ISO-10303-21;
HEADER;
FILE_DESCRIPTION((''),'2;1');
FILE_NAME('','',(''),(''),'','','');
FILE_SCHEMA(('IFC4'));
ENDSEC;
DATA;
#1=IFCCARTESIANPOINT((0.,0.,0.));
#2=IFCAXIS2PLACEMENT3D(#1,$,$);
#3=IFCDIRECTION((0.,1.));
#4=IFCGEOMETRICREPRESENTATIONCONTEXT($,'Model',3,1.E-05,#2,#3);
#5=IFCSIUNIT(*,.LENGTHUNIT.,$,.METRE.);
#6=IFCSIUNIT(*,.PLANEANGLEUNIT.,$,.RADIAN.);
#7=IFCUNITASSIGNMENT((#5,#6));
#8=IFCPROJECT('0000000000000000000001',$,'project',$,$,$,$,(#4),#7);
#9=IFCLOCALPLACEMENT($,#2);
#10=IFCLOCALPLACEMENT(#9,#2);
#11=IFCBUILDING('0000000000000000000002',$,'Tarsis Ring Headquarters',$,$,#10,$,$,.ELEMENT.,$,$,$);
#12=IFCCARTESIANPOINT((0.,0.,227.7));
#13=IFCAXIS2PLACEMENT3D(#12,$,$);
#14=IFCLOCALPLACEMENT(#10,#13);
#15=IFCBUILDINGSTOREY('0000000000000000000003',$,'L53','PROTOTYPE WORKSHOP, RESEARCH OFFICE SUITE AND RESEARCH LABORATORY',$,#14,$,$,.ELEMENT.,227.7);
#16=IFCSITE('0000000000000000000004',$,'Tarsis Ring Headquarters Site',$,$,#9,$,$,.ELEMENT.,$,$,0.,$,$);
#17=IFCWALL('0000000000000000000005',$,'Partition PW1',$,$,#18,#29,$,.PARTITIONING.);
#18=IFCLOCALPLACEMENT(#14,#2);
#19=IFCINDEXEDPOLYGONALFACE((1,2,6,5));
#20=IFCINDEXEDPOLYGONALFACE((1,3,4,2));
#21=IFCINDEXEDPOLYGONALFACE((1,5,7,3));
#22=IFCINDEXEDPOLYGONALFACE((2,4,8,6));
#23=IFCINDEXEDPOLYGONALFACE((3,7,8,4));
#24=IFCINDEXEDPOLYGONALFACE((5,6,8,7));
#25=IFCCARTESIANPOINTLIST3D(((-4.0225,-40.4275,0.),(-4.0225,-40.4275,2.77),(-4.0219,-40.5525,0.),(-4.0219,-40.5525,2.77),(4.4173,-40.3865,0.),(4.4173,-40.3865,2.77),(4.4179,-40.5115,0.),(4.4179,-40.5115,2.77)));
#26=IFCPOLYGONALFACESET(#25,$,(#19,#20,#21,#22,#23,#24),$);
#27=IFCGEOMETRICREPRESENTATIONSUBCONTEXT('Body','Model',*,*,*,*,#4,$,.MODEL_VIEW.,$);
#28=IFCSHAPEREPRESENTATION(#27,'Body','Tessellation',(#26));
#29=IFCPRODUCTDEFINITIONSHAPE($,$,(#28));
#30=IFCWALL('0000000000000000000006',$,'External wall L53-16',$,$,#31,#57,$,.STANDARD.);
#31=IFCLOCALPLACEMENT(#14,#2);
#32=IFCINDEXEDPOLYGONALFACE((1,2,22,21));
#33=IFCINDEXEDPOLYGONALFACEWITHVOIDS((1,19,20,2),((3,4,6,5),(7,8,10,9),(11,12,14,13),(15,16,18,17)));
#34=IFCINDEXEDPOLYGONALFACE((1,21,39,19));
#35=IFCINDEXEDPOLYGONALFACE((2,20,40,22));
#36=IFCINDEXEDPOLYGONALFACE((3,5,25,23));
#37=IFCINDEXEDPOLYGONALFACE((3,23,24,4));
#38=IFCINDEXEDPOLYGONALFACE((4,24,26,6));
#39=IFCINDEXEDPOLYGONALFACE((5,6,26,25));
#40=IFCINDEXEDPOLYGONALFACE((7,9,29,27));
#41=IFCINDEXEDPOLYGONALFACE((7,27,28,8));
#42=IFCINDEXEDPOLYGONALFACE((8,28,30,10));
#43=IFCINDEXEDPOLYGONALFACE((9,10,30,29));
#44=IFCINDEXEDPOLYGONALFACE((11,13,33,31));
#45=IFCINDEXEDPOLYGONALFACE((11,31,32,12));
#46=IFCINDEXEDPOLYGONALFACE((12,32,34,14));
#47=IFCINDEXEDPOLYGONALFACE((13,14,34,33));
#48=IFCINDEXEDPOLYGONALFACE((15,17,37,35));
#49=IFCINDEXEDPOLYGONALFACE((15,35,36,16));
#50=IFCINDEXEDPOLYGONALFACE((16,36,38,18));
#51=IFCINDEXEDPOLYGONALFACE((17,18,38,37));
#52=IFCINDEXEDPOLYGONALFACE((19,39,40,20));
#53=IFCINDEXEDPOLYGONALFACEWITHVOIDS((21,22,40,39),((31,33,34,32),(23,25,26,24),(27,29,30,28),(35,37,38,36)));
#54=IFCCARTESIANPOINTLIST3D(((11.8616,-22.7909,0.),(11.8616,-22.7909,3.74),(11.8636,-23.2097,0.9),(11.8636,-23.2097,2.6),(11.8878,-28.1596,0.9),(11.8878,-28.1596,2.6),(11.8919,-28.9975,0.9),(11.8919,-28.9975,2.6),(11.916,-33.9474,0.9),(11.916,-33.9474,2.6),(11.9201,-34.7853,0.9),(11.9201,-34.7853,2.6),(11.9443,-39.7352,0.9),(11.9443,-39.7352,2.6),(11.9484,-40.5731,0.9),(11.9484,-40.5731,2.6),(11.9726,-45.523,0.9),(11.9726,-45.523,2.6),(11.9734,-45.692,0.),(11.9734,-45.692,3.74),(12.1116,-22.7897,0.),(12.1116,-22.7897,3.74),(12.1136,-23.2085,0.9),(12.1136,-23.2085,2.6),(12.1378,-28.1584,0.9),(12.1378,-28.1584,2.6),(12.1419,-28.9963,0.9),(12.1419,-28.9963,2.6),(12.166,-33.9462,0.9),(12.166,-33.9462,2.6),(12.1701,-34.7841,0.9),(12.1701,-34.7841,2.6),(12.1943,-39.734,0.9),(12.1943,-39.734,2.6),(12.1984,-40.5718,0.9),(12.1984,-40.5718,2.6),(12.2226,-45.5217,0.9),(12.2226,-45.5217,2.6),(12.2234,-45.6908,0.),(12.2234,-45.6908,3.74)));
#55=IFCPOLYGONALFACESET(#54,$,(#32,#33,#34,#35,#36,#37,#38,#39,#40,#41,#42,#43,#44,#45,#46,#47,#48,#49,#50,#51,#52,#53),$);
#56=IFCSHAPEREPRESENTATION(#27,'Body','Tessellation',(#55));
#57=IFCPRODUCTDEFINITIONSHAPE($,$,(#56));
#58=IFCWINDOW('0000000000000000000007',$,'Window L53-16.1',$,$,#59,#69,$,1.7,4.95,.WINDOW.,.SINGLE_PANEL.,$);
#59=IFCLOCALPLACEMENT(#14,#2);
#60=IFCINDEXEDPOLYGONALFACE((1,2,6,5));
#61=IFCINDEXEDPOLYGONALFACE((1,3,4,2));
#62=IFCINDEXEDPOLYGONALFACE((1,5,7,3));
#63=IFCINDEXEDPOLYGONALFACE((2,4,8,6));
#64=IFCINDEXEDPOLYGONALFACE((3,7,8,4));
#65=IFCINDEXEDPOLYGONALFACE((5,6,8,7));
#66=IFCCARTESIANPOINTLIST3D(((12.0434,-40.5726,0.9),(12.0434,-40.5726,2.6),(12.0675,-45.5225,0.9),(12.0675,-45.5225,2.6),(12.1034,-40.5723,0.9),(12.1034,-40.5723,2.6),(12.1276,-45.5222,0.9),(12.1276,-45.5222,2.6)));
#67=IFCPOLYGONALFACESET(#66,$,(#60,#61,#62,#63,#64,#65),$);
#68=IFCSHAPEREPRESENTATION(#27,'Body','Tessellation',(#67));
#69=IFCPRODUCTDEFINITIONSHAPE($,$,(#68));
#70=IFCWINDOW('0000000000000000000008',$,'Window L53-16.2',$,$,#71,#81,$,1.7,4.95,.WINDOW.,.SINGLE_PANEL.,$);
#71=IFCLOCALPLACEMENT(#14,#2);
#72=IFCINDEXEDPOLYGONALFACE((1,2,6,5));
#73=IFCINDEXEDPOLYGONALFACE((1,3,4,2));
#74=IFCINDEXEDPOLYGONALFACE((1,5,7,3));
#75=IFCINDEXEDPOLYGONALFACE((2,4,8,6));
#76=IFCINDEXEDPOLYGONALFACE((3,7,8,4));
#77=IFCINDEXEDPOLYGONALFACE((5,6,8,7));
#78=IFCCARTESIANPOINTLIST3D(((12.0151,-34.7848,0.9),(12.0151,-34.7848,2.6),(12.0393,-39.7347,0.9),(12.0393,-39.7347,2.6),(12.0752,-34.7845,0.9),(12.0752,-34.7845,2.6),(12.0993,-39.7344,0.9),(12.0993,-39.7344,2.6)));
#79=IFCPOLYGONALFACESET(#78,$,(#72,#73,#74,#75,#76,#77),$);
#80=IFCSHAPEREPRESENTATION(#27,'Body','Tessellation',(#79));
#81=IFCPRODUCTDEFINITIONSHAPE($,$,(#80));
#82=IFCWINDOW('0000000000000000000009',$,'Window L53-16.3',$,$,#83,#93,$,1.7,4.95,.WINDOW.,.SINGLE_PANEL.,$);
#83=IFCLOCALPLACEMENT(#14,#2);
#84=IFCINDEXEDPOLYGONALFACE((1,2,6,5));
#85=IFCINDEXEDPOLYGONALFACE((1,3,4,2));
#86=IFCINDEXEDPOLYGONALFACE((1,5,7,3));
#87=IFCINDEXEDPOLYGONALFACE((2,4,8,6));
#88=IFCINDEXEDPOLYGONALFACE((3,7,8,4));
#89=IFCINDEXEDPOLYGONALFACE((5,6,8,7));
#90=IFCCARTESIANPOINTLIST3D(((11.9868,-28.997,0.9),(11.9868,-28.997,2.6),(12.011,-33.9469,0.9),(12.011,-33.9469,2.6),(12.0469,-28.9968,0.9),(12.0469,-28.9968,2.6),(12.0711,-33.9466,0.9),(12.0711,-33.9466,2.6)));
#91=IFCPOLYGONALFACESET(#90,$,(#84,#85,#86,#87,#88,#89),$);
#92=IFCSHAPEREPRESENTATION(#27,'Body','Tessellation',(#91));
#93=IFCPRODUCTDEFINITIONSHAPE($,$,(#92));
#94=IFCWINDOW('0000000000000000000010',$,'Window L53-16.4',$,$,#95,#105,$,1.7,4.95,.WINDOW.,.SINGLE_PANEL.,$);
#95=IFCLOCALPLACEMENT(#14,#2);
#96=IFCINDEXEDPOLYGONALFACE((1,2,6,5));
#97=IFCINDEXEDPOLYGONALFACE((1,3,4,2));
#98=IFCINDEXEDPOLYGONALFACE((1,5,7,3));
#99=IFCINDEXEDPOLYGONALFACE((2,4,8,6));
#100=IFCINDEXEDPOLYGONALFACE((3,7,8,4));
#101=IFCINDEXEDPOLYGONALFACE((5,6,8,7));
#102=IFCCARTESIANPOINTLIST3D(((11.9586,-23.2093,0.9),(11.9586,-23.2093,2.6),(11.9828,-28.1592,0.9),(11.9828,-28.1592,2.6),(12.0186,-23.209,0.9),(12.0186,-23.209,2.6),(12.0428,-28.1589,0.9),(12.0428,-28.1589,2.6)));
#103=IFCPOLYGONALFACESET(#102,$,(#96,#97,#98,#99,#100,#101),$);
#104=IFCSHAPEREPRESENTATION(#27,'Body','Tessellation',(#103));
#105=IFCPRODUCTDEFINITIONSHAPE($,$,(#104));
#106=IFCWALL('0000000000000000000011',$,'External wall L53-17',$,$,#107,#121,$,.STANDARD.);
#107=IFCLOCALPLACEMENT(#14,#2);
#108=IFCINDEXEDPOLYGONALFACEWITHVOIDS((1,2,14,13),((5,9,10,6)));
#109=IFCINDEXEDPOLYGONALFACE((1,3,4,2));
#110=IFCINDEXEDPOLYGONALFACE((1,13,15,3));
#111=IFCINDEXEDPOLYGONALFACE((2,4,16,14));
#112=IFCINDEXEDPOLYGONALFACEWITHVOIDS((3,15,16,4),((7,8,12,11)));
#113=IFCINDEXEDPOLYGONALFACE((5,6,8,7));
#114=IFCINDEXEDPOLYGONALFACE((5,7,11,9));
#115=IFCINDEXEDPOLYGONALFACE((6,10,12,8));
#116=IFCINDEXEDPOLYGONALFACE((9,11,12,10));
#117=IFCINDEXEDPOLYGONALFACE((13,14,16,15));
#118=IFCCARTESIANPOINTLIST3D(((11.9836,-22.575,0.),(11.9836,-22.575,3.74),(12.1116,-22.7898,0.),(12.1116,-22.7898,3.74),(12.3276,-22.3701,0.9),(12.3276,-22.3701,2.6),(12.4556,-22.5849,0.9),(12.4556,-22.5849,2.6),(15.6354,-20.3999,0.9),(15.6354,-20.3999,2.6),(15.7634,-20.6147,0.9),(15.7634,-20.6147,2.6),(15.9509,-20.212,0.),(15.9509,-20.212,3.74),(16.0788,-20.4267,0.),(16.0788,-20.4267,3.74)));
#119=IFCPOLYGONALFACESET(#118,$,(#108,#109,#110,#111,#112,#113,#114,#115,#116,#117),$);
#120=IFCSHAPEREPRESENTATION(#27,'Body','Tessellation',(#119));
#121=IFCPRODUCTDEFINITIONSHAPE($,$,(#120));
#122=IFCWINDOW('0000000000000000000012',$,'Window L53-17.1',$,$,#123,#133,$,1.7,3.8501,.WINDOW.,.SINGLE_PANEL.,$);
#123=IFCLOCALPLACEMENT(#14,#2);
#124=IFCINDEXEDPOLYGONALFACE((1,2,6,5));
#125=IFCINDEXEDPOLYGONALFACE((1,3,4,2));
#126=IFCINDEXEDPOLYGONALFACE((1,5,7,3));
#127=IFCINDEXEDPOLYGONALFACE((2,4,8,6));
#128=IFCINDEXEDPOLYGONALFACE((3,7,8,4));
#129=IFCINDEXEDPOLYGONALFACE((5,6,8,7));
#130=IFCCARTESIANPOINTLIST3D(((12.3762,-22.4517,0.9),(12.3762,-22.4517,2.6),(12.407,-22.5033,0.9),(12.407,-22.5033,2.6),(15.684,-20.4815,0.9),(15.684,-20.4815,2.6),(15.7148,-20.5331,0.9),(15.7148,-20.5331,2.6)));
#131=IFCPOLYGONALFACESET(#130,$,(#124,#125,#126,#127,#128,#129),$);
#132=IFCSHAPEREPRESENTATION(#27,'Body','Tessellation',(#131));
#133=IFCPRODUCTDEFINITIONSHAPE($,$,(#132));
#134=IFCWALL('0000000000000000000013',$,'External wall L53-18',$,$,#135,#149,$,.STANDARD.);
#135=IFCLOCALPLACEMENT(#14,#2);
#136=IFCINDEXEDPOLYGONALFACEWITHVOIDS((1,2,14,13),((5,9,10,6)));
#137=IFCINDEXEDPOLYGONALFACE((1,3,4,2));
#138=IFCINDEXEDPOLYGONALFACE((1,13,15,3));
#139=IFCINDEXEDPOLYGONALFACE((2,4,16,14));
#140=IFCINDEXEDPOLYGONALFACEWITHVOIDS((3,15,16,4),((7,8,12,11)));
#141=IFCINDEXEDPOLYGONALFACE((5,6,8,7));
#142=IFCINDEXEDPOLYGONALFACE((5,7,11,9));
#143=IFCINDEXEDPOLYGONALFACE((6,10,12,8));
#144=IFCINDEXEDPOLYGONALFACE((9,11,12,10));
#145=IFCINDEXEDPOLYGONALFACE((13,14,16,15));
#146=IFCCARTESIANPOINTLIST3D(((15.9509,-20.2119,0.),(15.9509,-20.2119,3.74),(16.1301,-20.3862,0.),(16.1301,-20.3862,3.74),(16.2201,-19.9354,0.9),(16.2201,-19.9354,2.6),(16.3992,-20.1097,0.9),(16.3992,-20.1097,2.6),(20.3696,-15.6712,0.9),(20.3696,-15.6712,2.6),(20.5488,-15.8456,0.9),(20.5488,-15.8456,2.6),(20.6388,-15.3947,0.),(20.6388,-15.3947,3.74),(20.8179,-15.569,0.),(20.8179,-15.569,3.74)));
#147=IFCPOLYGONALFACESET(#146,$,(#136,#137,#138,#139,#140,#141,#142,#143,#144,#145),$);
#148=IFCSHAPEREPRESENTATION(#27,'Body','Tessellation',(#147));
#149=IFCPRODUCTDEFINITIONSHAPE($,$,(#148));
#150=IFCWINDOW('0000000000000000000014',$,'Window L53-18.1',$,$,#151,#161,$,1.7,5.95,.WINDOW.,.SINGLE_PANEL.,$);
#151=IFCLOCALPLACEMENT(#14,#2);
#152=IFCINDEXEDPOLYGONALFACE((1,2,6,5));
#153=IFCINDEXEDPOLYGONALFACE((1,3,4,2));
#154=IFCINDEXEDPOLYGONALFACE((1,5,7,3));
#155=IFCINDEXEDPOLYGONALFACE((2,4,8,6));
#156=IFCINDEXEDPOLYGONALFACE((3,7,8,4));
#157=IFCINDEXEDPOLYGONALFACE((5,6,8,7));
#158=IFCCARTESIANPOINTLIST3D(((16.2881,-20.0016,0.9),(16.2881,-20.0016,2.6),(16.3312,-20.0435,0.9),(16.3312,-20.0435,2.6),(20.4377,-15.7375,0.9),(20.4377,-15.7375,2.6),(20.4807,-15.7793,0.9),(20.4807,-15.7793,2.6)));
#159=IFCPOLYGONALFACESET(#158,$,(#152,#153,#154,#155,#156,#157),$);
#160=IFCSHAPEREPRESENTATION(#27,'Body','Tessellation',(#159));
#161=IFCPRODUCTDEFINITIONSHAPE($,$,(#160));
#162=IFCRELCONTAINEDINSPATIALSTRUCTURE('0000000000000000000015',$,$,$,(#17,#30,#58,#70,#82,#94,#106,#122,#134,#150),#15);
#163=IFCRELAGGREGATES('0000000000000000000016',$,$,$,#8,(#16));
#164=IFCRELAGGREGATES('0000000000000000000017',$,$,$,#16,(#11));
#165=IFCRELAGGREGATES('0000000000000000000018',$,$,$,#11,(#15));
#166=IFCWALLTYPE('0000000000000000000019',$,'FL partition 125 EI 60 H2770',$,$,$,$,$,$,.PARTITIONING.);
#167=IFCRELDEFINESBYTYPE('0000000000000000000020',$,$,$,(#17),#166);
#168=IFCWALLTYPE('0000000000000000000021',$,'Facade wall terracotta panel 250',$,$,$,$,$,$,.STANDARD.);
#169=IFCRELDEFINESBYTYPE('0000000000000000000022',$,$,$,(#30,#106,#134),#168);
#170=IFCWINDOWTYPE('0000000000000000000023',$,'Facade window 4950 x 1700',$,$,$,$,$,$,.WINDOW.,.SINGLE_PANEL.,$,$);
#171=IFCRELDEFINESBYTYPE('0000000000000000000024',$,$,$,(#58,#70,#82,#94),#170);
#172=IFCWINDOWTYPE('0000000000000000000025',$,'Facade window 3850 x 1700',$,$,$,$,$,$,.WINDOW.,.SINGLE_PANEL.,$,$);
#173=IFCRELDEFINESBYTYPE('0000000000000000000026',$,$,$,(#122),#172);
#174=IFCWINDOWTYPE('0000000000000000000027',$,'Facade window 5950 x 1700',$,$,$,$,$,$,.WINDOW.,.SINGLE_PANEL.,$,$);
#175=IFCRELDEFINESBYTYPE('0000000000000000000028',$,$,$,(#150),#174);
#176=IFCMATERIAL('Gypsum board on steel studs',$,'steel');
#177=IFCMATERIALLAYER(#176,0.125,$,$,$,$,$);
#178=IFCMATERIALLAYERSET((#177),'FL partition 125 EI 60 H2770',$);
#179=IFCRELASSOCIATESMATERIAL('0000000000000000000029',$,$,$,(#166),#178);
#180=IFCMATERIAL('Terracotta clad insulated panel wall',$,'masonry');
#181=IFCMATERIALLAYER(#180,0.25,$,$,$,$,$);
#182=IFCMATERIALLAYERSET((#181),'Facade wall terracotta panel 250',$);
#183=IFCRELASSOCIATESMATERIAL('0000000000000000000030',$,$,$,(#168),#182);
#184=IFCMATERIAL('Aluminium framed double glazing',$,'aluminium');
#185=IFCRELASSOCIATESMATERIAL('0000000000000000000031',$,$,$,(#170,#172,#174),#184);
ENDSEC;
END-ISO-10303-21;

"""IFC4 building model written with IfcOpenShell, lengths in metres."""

from ifc_helpers import new_model, si_unit, direction, frame, frame_2d, origin, place, context, subcontext, project, spatial, rectangle, extrude, material, layer, layer_set, type_object, element, fill, save


model = new_model("IFC4")

# Units and contexts
model_context = context("Model", 3, precision=1e-05, world=origin(), true_north=direction((0.0, 1.0)))
body_context = subcontext(model_context, "Body", "Model", "MODEL_VIEW")
ifc_project = project(units=[si_unit("LENGTHUNIT", "METRE"), si_unit("PLANEANGLEUNIT", "RADIAN")], contexts=[model_context])

# Site, building, storey
site_placement = place(None, origin())
site = spatial("IfcSite", under=ifc_project, at=site_placement, Name="Tarsis Ring Headquarters Site", CompositionType="ELEMENT", RefElevation=0.0)
building_placement = place(site_placement, origin())
building = spatial("IfcBuilding", under=site, at=building_placement, Name="Tarsis Ring Headquarters", CompositionType="ELEMENT")
storey_placement = place(building_placement, frame((0.0, 0.0, 227.7)))
storey = spatial("IfcBuildingStorey", under=building, at=storey_placement, Name="L53", Description="PROTOTYPE WORKSHOP, RESEARCH OFFICE SUITE AND RESEARCH LABORATORY", CompositionType="ELEMENT", Elevation=227.7)

# Wall
ifc_material_1 = material(Name="Gypsum board on steel studs", Category="steel")
ifc_layer_1 = layer(ifc_material_1, 0.125)
ifc_layer_set_1 = layer_set([ifc_layer_1], Name="FL partition 125 EI 60 H2770")
wall_type_1 = type_object("IfcWallType", Name="FL partition 125 EI 60 H2770", PredefinedType="PARTITIONING", material=ifc_layer_set_1)
wall_1_placement = place(storey_placement, frame((-4.0222, -40.49, 0.0), z_axis=(0.0, 0.0, 1.0), x_axis=(0.999988, 0.00486, 0.0)))
element("IfcWall", 1, at=wall_1_placement, inside=storey, type_object=wall_type_1, Name="Partition PW1", PredefinedType="PARTITIONING", context=body_context, shape_type="SweptSolid", body=[
    extrude(rectangle(XDim=8.4399, YDim=0.125, at=frame_2d((4.22, 0.0))), origin(), (0.0, 0.0, 1.0), 2.77),
])

# Wall, openings, windows
ifc_material_2 = material(Name="Terracotta clad insulated panel wall", Category="masonry")
ifc_layer_2 = layer(ifc_material_2, 0.25)
ifc_layer_set_2 = layer_set([ifc_layer_2], Name="Facade wall terracotta panel 250")
wall_type_2 = type_object("IfcWallType", Name="Facade wall terracotta panel 250", PredefinedType="STANDARD", material=ifc_layer_set_2)
wall_2_placement = place(storey_placement, frame((12.0984, -45.6914, 0.0), z_axis=(0.0, 0.0, 1.0), x_axis=(-0.004883, 0.999988, 0.0)))
wall_2 = element("IfcWall", 2, at=wall_2_placement, inside=storey, type_object=wall_type_2, Name="External wall L53-16", PredefinedType="STANDARD", context=body_context, shape_type="SweptSolid", body=[
    extrude(rectangle(XDim=22.9014, YDim=0.25, at=frame_2d((11.4507, 0.0))), origin(), (0.0, 0.0, 1.0), 3.74),
])
opening_1_placement = place(wall_2_placement, frame((0.1689, 0.0, 0.8999)))
opening_1 = element("IfcOpeningElement", 3, at=opening_1_placement, cuts=wall_2, PredefinedType="OPENING", context=body_context, shape_type="SweptSolid", body=[
    extrude(rectangle(XDim=4.95, YDim=1.7, at=frame_2d((2.4751, 0.8501))), frame((0.0, 0.135, 0.0), z_axis=(0.0, -1.0, 0.0), x_axis=(1.0, 0.0, 0.0)), (0.0, 0.0, 1.0), 0.27),
])
opening_2_placement = place(wall_2_placement, frame((5.9568, 0.0, 0.8999)))
opening_2 = element("IfcOpeningElement", 4, at=opening_2_placement, cuts=wall_2, PredefinedType="OPENING", context=body_context, shape_type="SweptSolid", body=[
    extrude(rectangle(XDim=4.95, YDim=1.7, at=frame_2d((2.4751, 0.8501))), frame((0.0, 0.135, 0.0), z_axis=(0.0, -1.0, 0.0), x_axis=(1.0, 0.0, 0.0)), (0.0, 0.0, 1.0), 0.27),
])
opening_3_placement = place(wall_2_placement, frame((11.7446, 0.0, 0.8999)))
opening_3 = element("IfcOpeningElement", 5, at=opening_3_placement, cuts=wall_2, PredefinedType="OPENING", context=body_context, shape_type="SweptSolid", body=[
    extrude(rectangle(XDim=4.95, YDim=1.7, at=frame_2d((2.4751, 0.8501))), frame((0.0, 0.135, 0.0), z_axis=(0.0, -1.0, 0.0), x_axis=(1.0, 0.0, 0.0)), (0.0, 0.0, 1.0), 0.27),
])
opening_4_placement = place(wall_2_placement, frame((17.5325, 0.0, 0.8999)))
opening_4 = element("IfcOpeningElement", 6, at=opening_4_placement, cuts=wall_2, PredefinedType="OPENING", context=body_context, shape_type="SweptSolid", body=[
    extrude(rectangle(XDim=4.95, YDim=1.7, at=frame_2d((2.4751, 0.8501))), frame((0.0, 0.135, 0.0), z_axis=(0.0, -1.0, 0.0), x_axis=(1.0, 0.0, 0.0)), (0.0, 0.0, 1.0), 0.27),
])
ifc_material_3 = material(Name="Aluminium framed double glazing", Category="aluminium")
window_type_1 = type_object("IfcWindowType", Name="Facade window 4950 x 1700", PartitioningType="SINGLE_PANEL", PredefinedType="WINDOW", material=ifc_material_3)
window_1_placement = place(opening_1_placement, origin())
window_1 = element("IfcWindow", 7, at=window_1_placement, inside=storey, type_object=window_type_1, Name="Window L53-16.1", OverallHeight=1.7, OverallWidth=4.95, PartitioningType="SINGLE_PANEL", PredefinedType="WINDOW", context=body_context, shape_type="SweptSolid", body=[
    extrude(rectangle(XDim=4.95, YDim=1.7, at=frame_2d((2.4751, 0.8501))), frame((0.0, 0.03, 0.0), z_axis=(0.0, -1.0, 0.0), x_axis=(1.0, 0.0, 0.0)), (0.0, 0.0, 1.0), 0.0601),
])
fill(opening_1, window_1)
window_2_placement = place(opening_2_placement, origin())
window_2 = element("IfcWindow", 8, at=window_2_placement, inside=storey, type_object=window_type_1, Name="Window L53-16.2", OverallHeight=1.7, OverallWidth=4.95, PartitioningType="SINGLE_PANEL", PredefinedType="WINDOW", context=body_context, shape_type="SweptSolid", body=[
    extrude(rectangle(XDim=4.95, YDim=1.7, at=frame_2d((2.4751, 0.8501))), frame((0.0, 0.03, 0.0), z_axis=(0.0, -1.0, 0.0), x_axis=(1.0, 0.0, 0.0)), (0.0, 0.0, 1.0), 0.0601),
])
fill(opening_2, window_2)
window_3_placement = place(opening_3_placement, origin())
window_3 = element("IfcWindow", 9, at=window_3_placement, inside=storey, type_object=window_type_1, Name="Window L53-16.3", OverallHeight=1.7, OverallWidth=4.95, PartitioningType="SINGLE_PANEL", PredefinedType="WINDOW", context=body_context, shape_type="SweptSolid", body=[
    extrude(rectangle(XDim=4.95, YDim=1.7, at=frame_2d((2.4751, 0.8501))), frame((0.0, 0.03, 0.0), z_axis=(0.0, -1.0, 0.0), x_axis=(1.0, 0.0, 0.0)), (0.0, 0.0, 1.0), 0.0601),
])
fill(opening_3, window_3)
window_4_placement = place(opening_4_placement, origin())
window_4 = element("IfcWindow", 10, at=window_4_placement, inside=storey, type_object=window_type_1, Name="Window L53-16.4", OverallHeight=1.7, OverallWidth=4.95, PartitioningType="SINGLE_PANEL", PredefinedType="WINDOW", context=body_context, shape_type="SweptSolid", body=[
    extrude(rectangle(XDim=4.95, YDim=1.7, at=frame_2d((2.4751, 0.8501))), frame((0.0, 0.03, 0.0), z_axis=(0.0, -1.0, 0.0), x_axis=(1.0, 0.0, 0.0)), (0.0, 0.0, 1.0), 0.0601),
])
fill(opening_4, window_4)

# Walls, openings, windows
wall_3_placement = place(storey_placement, frame((12.0476, -22.6824, 0.0), z_axis=(0.0, 0.0, 1.0), x_axis=(0.859145, 0.511733, 0.0)))
wall_3 = element("IfcWall", 11, at=wall_3_placement, inside=storey, type_object=wall_type_2, Name="External wall L53-17", PredefinedType="STANDARD", context=body_context, shape_type="SweptSolid", body=[
    extrude(rectangle(XDim=4.6177, YDim=0.25, at=frame_2d((2.3088, 0.0))), origin(), (0.0, 0.0, 1.0), 3.74),
])
opening_5_placement = place(wall_3_placement, frame((0.4004, 0.0, 0.8999)))
opening_5 = element("IfcOpeningElement", 12, at=opening_5_placement, cuts=wall_3, PredefinedType="OPENING", context=body_context, shape_type="SweptSolid", body=[
    extrude(rectangle(XDim=3.8501, YDim=1.7, at=frame_2d((1.925, 0.8501))), frame((0.0, 0.135, 0.0), z_axis=(0.0, -1.0, 0.0), x_axis=(1.0, 0.0, 0.0)), (0.0, 0.0, 1.0), 0.27),
])
window_type_2 = type_object("IfcWindowType", Name="Facade window 3850 x 1700", PartitioningType="SINGLE_PANEL", PredefinedType="WINDOW", material=ifc_material_3)
window_5_placement = place(opening_5_placement, origin())
window_5 = element("IfcWindow", 13, at=window_5_placement, inside=storey, type_object=window_type_2, Name="Window L53-17.1", OverallHeight=1.7, OverallWidth=3.8501, PartitioningType="SINGLE_PANEL", PredefinedType="WINDOW", context=body_context, shape_type="SweptSolid", body=[
    extrude(rectangle(XDim=3.8501, YDim=1.7, at=frame_2d((1.925, 0.8501))), frame((0.0, 0.03, 0.0), z_axis=(0.0, -1.0, 0.0), x_axis=(1.0, 0.0, 0.0)), (0.0, 0.0, 1.0), 0.0601),
])
fill(opening_5, window_5)
wall_4_placement = place(storey_placement, frame((16.0405, -20.2991, 0.0), z_axis=(0.0, 0.0, 1.0), x_axis=(0.697416, 0.716667, 0.0)))
wall_4 = element("IfcWall", 14, at=wall_4_placement, inside=storey, type_object=wall_type_2, Name="External wall L53-18", PredefinedType="STANDARD", context=body_context, shape_type="SweptSolid", body=[
    extrude(rectangle(XDim=6.7217, YDim=0.25, at=frame_2d((3.3608, 0.0))), origin(), (0.0, 0.0, 1.0), 3.74),
])
opening_6_placement = place(wall_4_placement, frame((0.3857, 0.0, 0.8999)))
opening_6 = element("IfcOpeningElement", 15, at=opening_6_placement, cuts=wall_4, PredefinedType="OPENING", context=body_context, shape_type="SweptSolid", body=[
    extrude(rectangle(XDim=5.95, YDim=1.7, at=frame_2d((2.9751, 0.8501))), frame((0.0, 0.135, 0.0), z_axis=(0.0, -1.0, 0.0), x_axis=(1.0, 0.0, 0.0)), (0.0, 0.0, 1.0), 0.27),
])
window_type_3 = type_object("IfcWindowType", Name="Facade window 5950 x 1700", PartitioningType="SINGLE_PANEL", PredefinedType="WINDOW", material=ifc_material_3)
window_6_placement = place(opening_6_placement, origin())
window_6 = element("IfcWindow", 16, at=window_6_placement, inside=storey, type_object=window_type_3, Name="Window L53-18.1", OverallHeight=1.7, OverallWidth=5.95, PartitioningType="SINGLE_PANEL", PredefinedType="WINDOW", context=body_context, shape_type="SweptSolid", body=[
    extrude(rectangle(XDim=5.95, YDim=1.7, at=frame_2d((2.9751, 0.8501))), frame((0.0, 0.03, 0.0), z_axis=(0.0, -1.0, 0.0), x_axis=(1.0, 0.0, 0.0)), (0.0, 0.0, 1.0), 0.0601),
])
fill(opening_6, window_6)

save(model, "model.ifc")
